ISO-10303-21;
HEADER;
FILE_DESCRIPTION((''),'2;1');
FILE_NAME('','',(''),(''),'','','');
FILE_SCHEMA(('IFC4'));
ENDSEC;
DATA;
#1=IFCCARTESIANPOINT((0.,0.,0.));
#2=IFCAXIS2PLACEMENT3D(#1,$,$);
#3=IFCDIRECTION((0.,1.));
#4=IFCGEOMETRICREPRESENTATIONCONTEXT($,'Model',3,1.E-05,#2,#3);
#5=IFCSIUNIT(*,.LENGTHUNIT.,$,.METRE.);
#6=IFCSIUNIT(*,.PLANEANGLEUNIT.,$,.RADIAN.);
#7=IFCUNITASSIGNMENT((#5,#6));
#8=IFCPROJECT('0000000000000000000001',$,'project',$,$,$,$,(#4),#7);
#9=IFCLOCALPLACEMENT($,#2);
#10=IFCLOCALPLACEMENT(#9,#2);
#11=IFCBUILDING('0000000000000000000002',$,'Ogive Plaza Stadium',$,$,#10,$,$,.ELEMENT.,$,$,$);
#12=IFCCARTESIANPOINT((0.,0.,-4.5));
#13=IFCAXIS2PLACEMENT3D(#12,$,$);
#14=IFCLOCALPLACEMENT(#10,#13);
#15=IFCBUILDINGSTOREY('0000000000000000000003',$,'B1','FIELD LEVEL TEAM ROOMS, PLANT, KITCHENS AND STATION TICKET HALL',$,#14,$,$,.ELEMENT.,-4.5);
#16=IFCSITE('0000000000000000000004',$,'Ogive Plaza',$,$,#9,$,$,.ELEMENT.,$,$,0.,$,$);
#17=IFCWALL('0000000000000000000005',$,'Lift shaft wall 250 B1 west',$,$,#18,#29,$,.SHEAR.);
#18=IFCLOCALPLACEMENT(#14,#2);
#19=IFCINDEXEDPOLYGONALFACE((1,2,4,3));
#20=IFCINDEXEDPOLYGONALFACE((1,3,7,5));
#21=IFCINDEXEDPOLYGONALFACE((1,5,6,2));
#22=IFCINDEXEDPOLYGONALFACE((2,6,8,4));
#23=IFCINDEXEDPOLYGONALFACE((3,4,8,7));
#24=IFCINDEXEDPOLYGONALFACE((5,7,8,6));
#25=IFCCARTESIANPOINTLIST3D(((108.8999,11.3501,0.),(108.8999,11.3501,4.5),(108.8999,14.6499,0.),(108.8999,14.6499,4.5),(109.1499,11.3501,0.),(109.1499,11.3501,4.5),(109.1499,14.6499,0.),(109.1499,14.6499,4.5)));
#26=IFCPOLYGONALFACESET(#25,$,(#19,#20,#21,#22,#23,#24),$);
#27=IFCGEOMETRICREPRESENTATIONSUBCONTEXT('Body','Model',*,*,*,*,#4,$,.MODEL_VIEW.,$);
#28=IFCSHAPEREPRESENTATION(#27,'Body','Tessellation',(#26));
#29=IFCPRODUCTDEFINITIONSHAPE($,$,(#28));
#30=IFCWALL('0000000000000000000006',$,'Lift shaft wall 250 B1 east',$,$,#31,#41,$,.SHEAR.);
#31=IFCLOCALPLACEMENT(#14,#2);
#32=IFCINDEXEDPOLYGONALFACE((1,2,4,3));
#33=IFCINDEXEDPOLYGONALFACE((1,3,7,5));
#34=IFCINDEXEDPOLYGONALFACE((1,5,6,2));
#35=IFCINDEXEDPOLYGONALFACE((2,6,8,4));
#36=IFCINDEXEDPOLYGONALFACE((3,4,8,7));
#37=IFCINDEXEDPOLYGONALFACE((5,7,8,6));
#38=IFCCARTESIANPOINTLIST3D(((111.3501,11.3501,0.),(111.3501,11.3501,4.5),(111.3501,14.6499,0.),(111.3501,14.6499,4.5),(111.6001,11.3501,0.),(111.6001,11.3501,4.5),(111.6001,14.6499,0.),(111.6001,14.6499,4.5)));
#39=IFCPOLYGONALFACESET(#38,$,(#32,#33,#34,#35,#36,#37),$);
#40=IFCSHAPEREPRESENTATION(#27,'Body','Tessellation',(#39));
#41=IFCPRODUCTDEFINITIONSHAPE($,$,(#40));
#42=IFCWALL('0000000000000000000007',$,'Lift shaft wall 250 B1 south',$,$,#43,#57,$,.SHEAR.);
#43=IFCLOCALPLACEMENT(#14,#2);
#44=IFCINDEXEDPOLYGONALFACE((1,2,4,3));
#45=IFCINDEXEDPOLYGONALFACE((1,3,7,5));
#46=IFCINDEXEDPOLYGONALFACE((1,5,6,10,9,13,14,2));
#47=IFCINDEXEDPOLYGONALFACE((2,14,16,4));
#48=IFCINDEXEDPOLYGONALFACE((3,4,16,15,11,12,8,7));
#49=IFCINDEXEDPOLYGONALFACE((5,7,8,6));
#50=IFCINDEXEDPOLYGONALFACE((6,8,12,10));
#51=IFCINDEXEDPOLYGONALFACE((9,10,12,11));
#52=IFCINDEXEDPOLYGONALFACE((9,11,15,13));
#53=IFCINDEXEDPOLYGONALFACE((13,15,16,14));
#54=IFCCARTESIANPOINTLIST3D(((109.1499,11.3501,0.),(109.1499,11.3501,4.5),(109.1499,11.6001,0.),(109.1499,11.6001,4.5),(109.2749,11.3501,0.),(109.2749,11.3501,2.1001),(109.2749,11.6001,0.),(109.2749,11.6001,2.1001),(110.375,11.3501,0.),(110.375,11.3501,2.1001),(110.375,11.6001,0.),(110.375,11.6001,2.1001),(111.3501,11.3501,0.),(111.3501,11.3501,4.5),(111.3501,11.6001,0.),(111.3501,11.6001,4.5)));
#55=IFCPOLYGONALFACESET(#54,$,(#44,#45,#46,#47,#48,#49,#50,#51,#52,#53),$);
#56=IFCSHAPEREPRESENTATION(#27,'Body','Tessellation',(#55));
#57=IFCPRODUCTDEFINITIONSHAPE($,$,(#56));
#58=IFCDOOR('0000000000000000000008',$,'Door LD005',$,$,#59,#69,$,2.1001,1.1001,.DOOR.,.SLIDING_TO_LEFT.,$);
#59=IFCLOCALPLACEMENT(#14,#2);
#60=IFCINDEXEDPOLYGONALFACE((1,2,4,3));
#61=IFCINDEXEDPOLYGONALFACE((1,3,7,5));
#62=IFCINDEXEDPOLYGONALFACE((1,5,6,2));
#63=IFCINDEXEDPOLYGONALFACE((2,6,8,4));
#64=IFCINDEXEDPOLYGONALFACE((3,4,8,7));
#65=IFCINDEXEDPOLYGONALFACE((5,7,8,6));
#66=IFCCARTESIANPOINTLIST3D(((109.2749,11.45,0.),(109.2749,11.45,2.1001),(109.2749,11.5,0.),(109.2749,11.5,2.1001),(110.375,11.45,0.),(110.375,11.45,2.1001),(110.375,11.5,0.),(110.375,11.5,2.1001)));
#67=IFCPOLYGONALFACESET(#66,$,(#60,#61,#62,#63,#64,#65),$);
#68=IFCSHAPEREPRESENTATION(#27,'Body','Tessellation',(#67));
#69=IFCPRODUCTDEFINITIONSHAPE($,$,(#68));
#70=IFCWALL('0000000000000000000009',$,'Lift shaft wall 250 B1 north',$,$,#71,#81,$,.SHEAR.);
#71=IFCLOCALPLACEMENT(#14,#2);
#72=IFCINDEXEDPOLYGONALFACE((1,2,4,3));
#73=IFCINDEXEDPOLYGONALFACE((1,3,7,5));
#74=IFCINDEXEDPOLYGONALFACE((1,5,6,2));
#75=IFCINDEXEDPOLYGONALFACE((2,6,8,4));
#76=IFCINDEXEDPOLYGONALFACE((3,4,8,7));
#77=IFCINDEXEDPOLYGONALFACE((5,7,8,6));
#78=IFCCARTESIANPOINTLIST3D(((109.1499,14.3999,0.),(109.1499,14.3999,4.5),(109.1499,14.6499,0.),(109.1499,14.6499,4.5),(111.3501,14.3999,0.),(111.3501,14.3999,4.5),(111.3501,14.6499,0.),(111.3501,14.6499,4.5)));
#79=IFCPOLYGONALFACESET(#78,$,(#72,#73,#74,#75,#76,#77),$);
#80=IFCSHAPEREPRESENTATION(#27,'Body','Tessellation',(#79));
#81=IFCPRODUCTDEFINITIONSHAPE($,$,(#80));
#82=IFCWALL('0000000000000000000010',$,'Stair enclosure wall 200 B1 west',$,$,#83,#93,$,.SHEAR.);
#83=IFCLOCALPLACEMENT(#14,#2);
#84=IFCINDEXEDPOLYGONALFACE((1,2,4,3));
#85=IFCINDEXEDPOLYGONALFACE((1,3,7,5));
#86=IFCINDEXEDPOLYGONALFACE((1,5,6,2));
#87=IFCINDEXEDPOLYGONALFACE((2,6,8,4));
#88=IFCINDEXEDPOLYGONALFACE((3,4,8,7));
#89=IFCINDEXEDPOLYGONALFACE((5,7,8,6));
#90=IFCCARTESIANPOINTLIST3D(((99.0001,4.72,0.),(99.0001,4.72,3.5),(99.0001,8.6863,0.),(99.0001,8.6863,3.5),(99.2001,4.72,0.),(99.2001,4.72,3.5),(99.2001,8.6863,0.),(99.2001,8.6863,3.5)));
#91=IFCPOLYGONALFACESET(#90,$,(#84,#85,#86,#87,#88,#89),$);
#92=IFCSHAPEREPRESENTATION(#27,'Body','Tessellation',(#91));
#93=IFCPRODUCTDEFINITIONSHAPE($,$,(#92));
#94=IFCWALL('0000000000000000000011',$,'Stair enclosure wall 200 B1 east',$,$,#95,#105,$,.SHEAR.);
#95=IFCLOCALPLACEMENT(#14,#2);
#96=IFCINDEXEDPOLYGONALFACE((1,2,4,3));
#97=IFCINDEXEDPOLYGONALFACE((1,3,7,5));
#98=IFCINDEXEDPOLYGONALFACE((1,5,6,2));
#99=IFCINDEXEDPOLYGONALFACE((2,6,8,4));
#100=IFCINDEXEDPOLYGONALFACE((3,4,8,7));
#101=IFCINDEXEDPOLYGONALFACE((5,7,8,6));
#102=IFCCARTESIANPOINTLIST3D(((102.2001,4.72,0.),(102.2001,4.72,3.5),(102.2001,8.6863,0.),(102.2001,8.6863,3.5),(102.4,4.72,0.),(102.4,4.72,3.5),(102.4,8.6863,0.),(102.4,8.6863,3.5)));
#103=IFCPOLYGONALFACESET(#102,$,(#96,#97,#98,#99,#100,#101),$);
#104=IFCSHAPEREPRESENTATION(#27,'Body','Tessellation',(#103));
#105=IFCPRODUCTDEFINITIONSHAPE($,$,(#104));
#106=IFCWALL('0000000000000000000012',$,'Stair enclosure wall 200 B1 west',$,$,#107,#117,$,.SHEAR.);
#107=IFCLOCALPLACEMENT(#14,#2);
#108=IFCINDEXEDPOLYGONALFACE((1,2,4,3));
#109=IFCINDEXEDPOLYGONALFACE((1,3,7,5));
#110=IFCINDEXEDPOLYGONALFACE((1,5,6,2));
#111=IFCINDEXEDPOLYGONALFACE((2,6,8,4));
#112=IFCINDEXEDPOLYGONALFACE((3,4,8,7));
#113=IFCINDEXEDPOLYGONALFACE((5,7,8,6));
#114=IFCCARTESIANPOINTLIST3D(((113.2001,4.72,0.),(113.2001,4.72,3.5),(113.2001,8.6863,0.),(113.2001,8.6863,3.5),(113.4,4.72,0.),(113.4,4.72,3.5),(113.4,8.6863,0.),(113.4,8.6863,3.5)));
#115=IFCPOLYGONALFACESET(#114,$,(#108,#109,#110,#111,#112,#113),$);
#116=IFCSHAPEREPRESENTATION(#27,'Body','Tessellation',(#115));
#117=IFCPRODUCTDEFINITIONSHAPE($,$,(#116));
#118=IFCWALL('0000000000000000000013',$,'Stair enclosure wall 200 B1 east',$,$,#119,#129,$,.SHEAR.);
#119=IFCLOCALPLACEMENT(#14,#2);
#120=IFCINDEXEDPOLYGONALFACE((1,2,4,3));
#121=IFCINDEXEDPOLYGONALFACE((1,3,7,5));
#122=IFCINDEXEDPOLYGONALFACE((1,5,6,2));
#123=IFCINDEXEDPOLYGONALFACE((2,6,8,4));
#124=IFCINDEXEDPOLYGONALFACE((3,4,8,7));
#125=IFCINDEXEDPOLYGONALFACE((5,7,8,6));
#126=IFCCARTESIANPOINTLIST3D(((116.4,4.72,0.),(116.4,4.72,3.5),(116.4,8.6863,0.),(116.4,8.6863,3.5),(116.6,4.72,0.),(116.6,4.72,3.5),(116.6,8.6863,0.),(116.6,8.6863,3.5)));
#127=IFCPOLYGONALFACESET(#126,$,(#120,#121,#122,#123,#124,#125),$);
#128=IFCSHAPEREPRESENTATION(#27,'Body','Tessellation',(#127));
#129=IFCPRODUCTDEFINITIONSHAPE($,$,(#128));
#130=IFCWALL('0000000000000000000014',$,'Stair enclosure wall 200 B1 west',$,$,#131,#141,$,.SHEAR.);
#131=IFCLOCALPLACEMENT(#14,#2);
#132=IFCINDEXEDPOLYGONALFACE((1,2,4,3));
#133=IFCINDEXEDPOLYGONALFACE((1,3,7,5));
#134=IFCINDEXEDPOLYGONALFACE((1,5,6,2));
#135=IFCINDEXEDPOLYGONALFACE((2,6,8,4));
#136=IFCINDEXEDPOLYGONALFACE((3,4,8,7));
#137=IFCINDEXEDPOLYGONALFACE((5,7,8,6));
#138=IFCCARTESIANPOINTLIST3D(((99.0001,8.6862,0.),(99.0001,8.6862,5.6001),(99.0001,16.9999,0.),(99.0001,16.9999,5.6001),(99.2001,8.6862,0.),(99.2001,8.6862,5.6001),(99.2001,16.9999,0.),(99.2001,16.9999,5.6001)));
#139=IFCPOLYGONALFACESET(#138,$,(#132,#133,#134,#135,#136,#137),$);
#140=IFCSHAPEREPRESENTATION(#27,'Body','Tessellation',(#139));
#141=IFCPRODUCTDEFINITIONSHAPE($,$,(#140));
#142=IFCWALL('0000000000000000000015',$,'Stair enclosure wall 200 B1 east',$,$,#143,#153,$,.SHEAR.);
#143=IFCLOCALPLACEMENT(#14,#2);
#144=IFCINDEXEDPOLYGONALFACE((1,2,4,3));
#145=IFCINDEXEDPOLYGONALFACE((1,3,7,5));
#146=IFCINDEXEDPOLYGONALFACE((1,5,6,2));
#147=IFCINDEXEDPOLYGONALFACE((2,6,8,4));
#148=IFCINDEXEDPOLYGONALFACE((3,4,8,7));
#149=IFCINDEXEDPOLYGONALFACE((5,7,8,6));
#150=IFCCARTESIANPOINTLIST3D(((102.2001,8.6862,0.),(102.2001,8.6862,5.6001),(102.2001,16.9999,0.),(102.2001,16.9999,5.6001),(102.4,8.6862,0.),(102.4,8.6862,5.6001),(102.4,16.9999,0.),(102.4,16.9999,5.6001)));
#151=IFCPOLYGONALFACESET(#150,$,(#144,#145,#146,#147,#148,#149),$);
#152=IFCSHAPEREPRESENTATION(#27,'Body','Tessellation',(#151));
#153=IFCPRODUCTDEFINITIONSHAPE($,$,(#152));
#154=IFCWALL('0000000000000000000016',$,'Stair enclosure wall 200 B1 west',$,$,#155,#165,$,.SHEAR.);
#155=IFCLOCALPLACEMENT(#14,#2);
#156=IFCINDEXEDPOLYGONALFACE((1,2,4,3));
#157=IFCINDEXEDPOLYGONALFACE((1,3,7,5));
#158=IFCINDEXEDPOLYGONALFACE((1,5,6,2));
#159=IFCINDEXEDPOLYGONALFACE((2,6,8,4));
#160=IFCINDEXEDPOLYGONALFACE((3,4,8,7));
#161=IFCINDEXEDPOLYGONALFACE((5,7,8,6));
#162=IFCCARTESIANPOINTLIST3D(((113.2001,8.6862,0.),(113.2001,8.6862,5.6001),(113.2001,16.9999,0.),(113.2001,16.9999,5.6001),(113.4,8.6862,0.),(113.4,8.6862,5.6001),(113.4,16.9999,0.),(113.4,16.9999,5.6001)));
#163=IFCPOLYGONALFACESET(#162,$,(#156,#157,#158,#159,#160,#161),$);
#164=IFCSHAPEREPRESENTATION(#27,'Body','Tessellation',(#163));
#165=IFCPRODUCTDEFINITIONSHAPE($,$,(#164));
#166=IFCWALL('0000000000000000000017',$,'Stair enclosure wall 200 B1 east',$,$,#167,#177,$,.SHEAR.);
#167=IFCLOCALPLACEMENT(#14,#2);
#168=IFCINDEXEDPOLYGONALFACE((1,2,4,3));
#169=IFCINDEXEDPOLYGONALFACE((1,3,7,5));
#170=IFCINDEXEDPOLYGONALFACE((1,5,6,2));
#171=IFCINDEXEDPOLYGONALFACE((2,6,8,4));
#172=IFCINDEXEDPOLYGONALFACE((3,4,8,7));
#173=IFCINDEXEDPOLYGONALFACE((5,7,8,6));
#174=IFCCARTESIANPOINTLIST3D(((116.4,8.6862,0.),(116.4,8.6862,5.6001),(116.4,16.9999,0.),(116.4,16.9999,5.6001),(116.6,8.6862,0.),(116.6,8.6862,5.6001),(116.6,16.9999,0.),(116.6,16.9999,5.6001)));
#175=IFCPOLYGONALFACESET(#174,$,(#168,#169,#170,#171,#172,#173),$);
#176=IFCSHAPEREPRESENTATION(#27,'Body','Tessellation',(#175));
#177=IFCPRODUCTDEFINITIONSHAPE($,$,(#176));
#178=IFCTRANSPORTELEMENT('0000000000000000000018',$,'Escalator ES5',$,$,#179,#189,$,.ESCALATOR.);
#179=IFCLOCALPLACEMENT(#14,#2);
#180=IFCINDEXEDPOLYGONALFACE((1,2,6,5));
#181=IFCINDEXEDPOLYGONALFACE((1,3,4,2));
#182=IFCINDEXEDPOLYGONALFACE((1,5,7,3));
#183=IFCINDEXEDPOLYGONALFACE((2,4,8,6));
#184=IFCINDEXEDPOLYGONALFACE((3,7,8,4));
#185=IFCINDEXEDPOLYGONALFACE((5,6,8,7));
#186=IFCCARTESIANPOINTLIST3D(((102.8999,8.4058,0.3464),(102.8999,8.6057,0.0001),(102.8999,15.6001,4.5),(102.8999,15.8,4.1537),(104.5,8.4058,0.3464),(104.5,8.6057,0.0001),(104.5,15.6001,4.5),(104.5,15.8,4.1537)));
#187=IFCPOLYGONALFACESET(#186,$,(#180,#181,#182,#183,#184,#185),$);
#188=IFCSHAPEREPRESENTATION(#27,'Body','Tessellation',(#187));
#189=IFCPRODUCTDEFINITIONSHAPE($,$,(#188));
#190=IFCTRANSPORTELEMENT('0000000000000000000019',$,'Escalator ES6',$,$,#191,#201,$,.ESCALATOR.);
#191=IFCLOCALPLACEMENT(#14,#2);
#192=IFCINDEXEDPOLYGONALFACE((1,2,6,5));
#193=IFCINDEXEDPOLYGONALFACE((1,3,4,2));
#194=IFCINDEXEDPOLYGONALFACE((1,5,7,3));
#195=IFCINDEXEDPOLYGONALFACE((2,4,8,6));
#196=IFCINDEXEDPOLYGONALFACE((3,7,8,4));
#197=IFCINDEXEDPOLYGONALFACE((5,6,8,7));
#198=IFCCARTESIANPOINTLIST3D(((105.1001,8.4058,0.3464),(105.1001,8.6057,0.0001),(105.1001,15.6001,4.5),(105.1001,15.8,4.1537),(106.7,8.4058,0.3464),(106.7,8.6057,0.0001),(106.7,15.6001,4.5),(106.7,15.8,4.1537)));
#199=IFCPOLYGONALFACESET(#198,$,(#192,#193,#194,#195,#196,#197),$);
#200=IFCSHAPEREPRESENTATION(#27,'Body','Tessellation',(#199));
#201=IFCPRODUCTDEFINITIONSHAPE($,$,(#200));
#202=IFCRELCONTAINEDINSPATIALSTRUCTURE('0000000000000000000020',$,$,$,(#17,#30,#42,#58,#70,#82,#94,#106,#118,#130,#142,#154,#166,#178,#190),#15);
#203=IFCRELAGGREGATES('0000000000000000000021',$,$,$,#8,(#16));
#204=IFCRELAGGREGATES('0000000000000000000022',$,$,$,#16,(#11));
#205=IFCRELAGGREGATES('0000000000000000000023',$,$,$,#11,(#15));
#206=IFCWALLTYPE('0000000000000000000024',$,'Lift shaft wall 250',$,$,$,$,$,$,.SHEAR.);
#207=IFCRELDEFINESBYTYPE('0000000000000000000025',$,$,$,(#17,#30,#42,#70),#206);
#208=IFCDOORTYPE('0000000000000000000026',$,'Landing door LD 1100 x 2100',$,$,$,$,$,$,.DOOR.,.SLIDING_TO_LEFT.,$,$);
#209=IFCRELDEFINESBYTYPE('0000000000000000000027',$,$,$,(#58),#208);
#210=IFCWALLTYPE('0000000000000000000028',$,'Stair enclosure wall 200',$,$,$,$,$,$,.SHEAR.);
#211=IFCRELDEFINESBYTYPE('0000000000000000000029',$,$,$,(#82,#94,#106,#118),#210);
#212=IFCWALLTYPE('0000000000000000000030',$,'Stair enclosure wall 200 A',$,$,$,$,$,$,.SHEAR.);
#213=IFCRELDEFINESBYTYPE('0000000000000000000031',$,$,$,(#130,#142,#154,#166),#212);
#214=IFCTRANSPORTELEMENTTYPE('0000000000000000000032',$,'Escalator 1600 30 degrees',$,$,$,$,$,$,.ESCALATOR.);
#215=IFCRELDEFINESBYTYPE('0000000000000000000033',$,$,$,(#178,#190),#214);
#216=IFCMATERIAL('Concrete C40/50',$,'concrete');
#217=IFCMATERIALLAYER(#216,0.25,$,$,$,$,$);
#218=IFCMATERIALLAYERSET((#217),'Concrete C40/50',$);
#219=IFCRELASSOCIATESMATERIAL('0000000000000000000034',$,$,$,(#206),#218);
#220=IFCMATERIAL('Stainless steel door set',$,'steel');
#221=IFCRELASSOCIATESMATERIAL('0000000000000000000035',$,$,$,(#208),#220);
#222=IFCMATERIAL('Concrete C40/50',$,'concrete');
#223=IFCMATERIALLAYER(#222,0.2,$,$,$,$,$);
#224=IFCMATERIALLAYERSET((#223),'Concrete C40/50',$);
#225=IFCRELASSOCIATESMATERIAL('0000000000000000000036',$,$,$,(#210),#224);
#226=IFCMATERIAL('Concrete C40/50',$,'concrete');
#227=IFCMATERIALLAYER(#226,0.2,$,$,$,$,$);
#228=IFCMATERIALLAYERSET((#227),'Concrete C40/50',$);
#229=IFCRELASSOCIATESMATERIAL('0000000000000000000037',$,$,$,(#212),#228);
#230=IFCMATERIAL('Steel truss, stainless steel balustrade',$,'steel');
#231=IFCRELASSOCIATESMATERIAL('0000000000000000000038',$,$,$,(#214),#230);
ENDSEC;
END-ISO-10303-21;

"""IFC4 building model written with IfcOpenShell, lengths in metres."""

from ifc_helpers import new_model, si_unit, direction, frame, frame_2d, origin, place, context, subcontext, project, spatial, polyline, rectangle, outline, extrude, material, layer, layer_set, type_object, element, fill, save


model = new_model("IFC4")

# Units and contexts
model_context = context("Model", 3, precision=1e-05, world=origin(), true_north=direction((0.0, 1.0)))
body_context = subcontext(model_context, "Body", "Model", "MODEL_VIEW")
ifc_project = project(units=[si_unit("LENGTHUNIT", "METRE"), si_unit("PLANEANGLEUNIT", "RADIAN")], contexts=[model_context])

# Site, building, storey
site_placement = place(None, origin())
site = spatial("IfcSite", under=ifc_project, at=site_placement, Name="Ogive Plaza", CompositionType="ELEMENT", RefElevation=0.0)
building_placement = place(site_placement, origin())
building = spatial("IfcBuilding", under=site, at=building_placement, Name="Ogive Plaza Stadium", CompositionType="ELEMENT")
storey_placement = place(building_placement, frame((0.0, 0.0, -4.5)))
storey = spatial("IfcBuildingStorey", under=building, at=storey_placement, Name="B1", Description="FIELD LEVEL TEAM ROOMS, PLANT, KITCHENS AND STATION TICKET HALL", CompositionType="ELEMENT", Elevation=-4.5)

# Walls
ifc_material_1 = material(Name="Concrete C40/50", Category="concrete")
ifc_layer_1 = layer(ifc_material_1, 0.25)
ifc_layer_set_1 = layer_set([ifc_layer_1], Name="Concrete C40/50")
wall_type_1 = type_object("IfcWallType", Name="Lift shaft wall 250", PredefinedType="SHEAR", material=ifc_layer_set_1)
for number, where, z_axis, x_axis, name in (
    (1, (109.0249, 11.3501, 0.0), (0.0, 0.0, 1.0), (0.0, 1.0, 0.0), "Lift shaft wall 250 B1 west"),
    (2, (111.4751, 11.3501, 0.0), (0.0, 0.0, 1.0), (0.0, 1.0, 0.0), "Lift shaft wall 250 B1 east"),
):
    element("IfcWall", number, at=place(storey_placement, frame(where, z_axis=z_axis, x_axis=x_axis)), inside=storey, type_object=wall_type_1, Name=name, PredefinedType="SHEAR", context=body_context, shape_type="SweptSolid", body=[
        extrude(rectangle(XDim=3.2998, YDim=0.25, at=frame_2d((1.6499, 0.0))), origin(), (0.0, 0.0, 1.0), 4.5),
    ])

# Wall, opening, door
wall_1_placement = place(storey_placement, frame((109.1499, 11.4751, 0.0), z_axis=(0.0, 0.0, 1.0), x_axis=(1.0, 0.0, 0.0)))
wall_1 = element("IfcWall", 3, at=wall_1_placement, inside=storey, type_object=wall_type_1, Name="Lift shaft wall 250 B1 south", PredefinedType="SHEAR", context=body_context, shape_type="SweptSolid", body=[
    extrude(rectangle(XDim=2.2002, YDim=0.25, at=frame_2d((1.1001, 0.0))), origin(), (0.0, 0.0, 1.0), 4.5),
])
opening_1_placement = place(wall_1_placement, frame((0.125, 0.0, 0.0)))
opening_1 = element("IfcOpeningElement", 4, at=opening_1_placement, cuts=wall_1, PredefinedType="OPENING", context=body_context, shape_type="SweptSolid", body=[
    extrude(rectangle(XDim=1.1001, YDim=2.1001, at=frame_2d((0.55, 1.05))), frame((0.0, 0.125, 0.0), z_axis=(0.0, -1.0, 0.0), x_axis=(1.0, 0.0, 0.0)), (0.0, 0.0, 1.0), 0.25),
])
ifc_material_2 = material(Name="Stainless steel door set", Category="steel")
door_type_1 = type_object("IfcDoorType", Name="Landing door LD 1100 x 2100", OperationType="SLIDING_TO_LEFT", PredefinedType="DOOR", material=ifc_material_2)
door_1_placement = place(opening_1_placement, origin())
door_1 = element("IfcDoor", 5, at=door_1_placement, inside=storey, type_object=door_type_1, Name="Door LD005", OperationType="SLIDING_TO_LEFT", OverallHeight=2.1001, OverallWidth=1.1001, PredefinedType="DOOR", context=body_context, shape_type="SweptSolid", body=[
    extrude(rectangle(XDim=1.1001, YDim=2.1001, at=frame_2d((0.55, 1.05))), frame((0.0, 0.0249, 0.0), z_axis=(0.0, -1.0, 0.0), x_axis=(1.0, 0.0, 0.0)), (0.0, 0.0, 1.0), 0.05),
])
fill(opening_1, door_1)

# Walls
wall_2_placement = place(storey_placement, frame((109.1499, 14.5249, 0.0), z_axis=(0.0, 0.0, 1.0), x_axis=(1.0, 0.0, 0.0)))
element("IfcWall", 6, at=wall_2_placement, inside=storey, type_object=wall_type_1, Name="Lift shaft wall 250 B1 north", PredefinedType="SHEAR", context=body_context, shape_type="SweptSolid", body=[
    extrude(rectangle(XDim=2.2002, YDim=0.25, at=frame_2d((1.1001, 0.0))), origin(), (0.0, 0.0, 1.0), 4.5),
])
ifc_material_3 = material(Name="Concrete C40/50", Category="concrete")
ifc_layer_2 = layer(ifc_material_3, 0.2)
ifc_layer_set_2 = layer_set([ifc_layer_2], Name="Concrete C40/50")
wall_type_2 = type_object("IfcWallType", Name="Stair enclosure wall 200", PredefinedType="SHEAR", material=ifc_layer_set_2)
for number, where, z_axis, x_axis, name in (
    (7, (99.1001, 4.72, 0.0), (0.0, 0.0, 1.0), (0.0, 1.0, 0.0), "Stair enclosure wall 200 B1 west"),
    (8, (102.3, 4.72, 0.0), (0.0, 0.0, 1.0), (0.0, 1.0, 0.0), "Stair enclosure wall 200 B1 east"),
):
    element("IfcWall", number, at=place(storey_placement, frame(where, z_axis=z_axis, x_axis=x_axis)), inside=storey, type_object=wall_type_2, Name=name, PredefinedType="SHEAR", context=body_context, shape_type="SweptSolid", body=[
        extrude(rectangle(XDim=3.9663, YDim=0.2, at=frame_2d((1.9832, 0.0))), origin(), (0.0, 0.0, 1.0), 3.5),
    ])

# Walls
for number, where, z_axis, x_axis, name in (
    (9, (113.3, 4.72, 0.0), (0.0, 0.0, 1.0), (0.0, 1.0, 0.0), "Stair enclosure wall 200 B1 west"),
    (10, (116.5, 4.72, 0.0), (0.0, 0.0, 1.0), (0.0, 1.0, 0.0), "Stair enclosure wall 200 B1 east"),
):
    element("IfcWall", number, at=place(storey_placement, frame(where, z_axis=z_axis, x_axis=x_axis)), inside=storey, type_object=wall_type_2, Name=name, PredefinedType="SHEAR", context=body_context, shape_type="SweptSolid", body=[
        extrude(rectangle(XDim=3.9663, YDim=0.2, at=frame_2d((1.9832, 0.0))), origin(), (0.0, 0.0, 1.0), 3.5),
    ])

# Walls
ifc_material_4 = material(Name="Concrete C40/50", Category="concrete")
ifc_layer_3 = layer(ifc_material_4, 0.2)
ifc_layer_set_3 = layer_set([ifc_layer_3], Name="Concrete C40/50")
wall_type_3 = type_object("IfcWallType", Name="Stair enclosure wall 200 A", PredefinedType="SHEAR", material=ifc_layer_set_3)
for number, where, z_axis, x_axis, name in (
    (11, (99.1001, 8.6863, 0.0), (0.0, 0.0, 1.0), (0.0, 1.0, 0.0), "Stair enclosure wall 200 B1 west"),
    (12, (102.3, 8.6863, 0.0), (0.0, 0.0, 1.0), (0.0, 1.0, 0.0), "Stair enclosure wall 200 B1 east"),
    (13, (113.3, 8.6863, 0.0), (0.0, 0.0, 1.0), (0.0, 1.0, 0.0), "Stair enclosure wall 200 B1 west"),
    (14, (116.5, 8.6863, 0.0), (0.0, 0.0, 1.0), (0.0, 1.0, 0.0), "Stair enclosure wall 200 B1 east"),
):
    element("IfcWall", number, at=place(storey_placement, frame(where, z_axis=z_axis, x_axis=x_axis)), inside=storey, type_object=wall_type_3, Name=name, PredefinedType="SHEAR", context=body_context, shape_type="SweptSolid", body=[
        extrude(rectangle(XDim=8.3137, YDim=0.2, at=frame_2d((4.1567, 0.0))), origin(), (0.0, 0.0, 1.0), 5.6001),
    ])

# Transport elements
ifc_material_5 = material(Name="Steel truss, stainless steel balustrade", Category="steel")
transport_element_type = type_object("IfcTransportElementType", Name="Escalator 1600 30 degrees", PredefinedType="ESCALATOR", material=ifc_material_5)
transport_element_1_placement = place(storey_placement, frame((102.8999, 8.4058, 0.3464), z_axis=(0.0, -0.499992, 0.86603), x_axis=(1.0, 0.0, 0.0)))
element("IfcTransportElement", 15, at=transport_element_1_placement, inside=storey, type_object=transport_element_type, Name="Escalator ES5", PredefinedType="ESCALATOR", context=body_context, shape_type="SweptSolid", body=[
    extrude(outline(polyline([(0.0, 0.0), (1.6001, 0.0), (1.6001, 8.3073), (0.0, 8.3073), (0.0, 0.0)])), origin(), (0.0, 0.0, -1.0), 0.3999),
])
transport_element_2_placement = place(storey_placement, frame((105.1001, 8.4058, 0.3464), z_axis=(0.0, -0.499992, 0.86603), x_axis=(1.0, 0.0, 0.0)))
element("IfcTransportElement", 16, at=transport_element_2_placement, inside=storey, type_object=transport_element_type, Name="Escalator ES6", PredefinedType="ESCALATOR", context=body_context, shape_type="SweptSolid", body=[
    extrude(outline(polyline([(0.0, 0.0), (1.5999, 0.0), (1.5999, 8.3073), (0.0, 8.3073), (0.0, 0.0)])), origin(), (0.0, 0.0, -1.0), 0.3999),
])

save(model, "model.ifc")
